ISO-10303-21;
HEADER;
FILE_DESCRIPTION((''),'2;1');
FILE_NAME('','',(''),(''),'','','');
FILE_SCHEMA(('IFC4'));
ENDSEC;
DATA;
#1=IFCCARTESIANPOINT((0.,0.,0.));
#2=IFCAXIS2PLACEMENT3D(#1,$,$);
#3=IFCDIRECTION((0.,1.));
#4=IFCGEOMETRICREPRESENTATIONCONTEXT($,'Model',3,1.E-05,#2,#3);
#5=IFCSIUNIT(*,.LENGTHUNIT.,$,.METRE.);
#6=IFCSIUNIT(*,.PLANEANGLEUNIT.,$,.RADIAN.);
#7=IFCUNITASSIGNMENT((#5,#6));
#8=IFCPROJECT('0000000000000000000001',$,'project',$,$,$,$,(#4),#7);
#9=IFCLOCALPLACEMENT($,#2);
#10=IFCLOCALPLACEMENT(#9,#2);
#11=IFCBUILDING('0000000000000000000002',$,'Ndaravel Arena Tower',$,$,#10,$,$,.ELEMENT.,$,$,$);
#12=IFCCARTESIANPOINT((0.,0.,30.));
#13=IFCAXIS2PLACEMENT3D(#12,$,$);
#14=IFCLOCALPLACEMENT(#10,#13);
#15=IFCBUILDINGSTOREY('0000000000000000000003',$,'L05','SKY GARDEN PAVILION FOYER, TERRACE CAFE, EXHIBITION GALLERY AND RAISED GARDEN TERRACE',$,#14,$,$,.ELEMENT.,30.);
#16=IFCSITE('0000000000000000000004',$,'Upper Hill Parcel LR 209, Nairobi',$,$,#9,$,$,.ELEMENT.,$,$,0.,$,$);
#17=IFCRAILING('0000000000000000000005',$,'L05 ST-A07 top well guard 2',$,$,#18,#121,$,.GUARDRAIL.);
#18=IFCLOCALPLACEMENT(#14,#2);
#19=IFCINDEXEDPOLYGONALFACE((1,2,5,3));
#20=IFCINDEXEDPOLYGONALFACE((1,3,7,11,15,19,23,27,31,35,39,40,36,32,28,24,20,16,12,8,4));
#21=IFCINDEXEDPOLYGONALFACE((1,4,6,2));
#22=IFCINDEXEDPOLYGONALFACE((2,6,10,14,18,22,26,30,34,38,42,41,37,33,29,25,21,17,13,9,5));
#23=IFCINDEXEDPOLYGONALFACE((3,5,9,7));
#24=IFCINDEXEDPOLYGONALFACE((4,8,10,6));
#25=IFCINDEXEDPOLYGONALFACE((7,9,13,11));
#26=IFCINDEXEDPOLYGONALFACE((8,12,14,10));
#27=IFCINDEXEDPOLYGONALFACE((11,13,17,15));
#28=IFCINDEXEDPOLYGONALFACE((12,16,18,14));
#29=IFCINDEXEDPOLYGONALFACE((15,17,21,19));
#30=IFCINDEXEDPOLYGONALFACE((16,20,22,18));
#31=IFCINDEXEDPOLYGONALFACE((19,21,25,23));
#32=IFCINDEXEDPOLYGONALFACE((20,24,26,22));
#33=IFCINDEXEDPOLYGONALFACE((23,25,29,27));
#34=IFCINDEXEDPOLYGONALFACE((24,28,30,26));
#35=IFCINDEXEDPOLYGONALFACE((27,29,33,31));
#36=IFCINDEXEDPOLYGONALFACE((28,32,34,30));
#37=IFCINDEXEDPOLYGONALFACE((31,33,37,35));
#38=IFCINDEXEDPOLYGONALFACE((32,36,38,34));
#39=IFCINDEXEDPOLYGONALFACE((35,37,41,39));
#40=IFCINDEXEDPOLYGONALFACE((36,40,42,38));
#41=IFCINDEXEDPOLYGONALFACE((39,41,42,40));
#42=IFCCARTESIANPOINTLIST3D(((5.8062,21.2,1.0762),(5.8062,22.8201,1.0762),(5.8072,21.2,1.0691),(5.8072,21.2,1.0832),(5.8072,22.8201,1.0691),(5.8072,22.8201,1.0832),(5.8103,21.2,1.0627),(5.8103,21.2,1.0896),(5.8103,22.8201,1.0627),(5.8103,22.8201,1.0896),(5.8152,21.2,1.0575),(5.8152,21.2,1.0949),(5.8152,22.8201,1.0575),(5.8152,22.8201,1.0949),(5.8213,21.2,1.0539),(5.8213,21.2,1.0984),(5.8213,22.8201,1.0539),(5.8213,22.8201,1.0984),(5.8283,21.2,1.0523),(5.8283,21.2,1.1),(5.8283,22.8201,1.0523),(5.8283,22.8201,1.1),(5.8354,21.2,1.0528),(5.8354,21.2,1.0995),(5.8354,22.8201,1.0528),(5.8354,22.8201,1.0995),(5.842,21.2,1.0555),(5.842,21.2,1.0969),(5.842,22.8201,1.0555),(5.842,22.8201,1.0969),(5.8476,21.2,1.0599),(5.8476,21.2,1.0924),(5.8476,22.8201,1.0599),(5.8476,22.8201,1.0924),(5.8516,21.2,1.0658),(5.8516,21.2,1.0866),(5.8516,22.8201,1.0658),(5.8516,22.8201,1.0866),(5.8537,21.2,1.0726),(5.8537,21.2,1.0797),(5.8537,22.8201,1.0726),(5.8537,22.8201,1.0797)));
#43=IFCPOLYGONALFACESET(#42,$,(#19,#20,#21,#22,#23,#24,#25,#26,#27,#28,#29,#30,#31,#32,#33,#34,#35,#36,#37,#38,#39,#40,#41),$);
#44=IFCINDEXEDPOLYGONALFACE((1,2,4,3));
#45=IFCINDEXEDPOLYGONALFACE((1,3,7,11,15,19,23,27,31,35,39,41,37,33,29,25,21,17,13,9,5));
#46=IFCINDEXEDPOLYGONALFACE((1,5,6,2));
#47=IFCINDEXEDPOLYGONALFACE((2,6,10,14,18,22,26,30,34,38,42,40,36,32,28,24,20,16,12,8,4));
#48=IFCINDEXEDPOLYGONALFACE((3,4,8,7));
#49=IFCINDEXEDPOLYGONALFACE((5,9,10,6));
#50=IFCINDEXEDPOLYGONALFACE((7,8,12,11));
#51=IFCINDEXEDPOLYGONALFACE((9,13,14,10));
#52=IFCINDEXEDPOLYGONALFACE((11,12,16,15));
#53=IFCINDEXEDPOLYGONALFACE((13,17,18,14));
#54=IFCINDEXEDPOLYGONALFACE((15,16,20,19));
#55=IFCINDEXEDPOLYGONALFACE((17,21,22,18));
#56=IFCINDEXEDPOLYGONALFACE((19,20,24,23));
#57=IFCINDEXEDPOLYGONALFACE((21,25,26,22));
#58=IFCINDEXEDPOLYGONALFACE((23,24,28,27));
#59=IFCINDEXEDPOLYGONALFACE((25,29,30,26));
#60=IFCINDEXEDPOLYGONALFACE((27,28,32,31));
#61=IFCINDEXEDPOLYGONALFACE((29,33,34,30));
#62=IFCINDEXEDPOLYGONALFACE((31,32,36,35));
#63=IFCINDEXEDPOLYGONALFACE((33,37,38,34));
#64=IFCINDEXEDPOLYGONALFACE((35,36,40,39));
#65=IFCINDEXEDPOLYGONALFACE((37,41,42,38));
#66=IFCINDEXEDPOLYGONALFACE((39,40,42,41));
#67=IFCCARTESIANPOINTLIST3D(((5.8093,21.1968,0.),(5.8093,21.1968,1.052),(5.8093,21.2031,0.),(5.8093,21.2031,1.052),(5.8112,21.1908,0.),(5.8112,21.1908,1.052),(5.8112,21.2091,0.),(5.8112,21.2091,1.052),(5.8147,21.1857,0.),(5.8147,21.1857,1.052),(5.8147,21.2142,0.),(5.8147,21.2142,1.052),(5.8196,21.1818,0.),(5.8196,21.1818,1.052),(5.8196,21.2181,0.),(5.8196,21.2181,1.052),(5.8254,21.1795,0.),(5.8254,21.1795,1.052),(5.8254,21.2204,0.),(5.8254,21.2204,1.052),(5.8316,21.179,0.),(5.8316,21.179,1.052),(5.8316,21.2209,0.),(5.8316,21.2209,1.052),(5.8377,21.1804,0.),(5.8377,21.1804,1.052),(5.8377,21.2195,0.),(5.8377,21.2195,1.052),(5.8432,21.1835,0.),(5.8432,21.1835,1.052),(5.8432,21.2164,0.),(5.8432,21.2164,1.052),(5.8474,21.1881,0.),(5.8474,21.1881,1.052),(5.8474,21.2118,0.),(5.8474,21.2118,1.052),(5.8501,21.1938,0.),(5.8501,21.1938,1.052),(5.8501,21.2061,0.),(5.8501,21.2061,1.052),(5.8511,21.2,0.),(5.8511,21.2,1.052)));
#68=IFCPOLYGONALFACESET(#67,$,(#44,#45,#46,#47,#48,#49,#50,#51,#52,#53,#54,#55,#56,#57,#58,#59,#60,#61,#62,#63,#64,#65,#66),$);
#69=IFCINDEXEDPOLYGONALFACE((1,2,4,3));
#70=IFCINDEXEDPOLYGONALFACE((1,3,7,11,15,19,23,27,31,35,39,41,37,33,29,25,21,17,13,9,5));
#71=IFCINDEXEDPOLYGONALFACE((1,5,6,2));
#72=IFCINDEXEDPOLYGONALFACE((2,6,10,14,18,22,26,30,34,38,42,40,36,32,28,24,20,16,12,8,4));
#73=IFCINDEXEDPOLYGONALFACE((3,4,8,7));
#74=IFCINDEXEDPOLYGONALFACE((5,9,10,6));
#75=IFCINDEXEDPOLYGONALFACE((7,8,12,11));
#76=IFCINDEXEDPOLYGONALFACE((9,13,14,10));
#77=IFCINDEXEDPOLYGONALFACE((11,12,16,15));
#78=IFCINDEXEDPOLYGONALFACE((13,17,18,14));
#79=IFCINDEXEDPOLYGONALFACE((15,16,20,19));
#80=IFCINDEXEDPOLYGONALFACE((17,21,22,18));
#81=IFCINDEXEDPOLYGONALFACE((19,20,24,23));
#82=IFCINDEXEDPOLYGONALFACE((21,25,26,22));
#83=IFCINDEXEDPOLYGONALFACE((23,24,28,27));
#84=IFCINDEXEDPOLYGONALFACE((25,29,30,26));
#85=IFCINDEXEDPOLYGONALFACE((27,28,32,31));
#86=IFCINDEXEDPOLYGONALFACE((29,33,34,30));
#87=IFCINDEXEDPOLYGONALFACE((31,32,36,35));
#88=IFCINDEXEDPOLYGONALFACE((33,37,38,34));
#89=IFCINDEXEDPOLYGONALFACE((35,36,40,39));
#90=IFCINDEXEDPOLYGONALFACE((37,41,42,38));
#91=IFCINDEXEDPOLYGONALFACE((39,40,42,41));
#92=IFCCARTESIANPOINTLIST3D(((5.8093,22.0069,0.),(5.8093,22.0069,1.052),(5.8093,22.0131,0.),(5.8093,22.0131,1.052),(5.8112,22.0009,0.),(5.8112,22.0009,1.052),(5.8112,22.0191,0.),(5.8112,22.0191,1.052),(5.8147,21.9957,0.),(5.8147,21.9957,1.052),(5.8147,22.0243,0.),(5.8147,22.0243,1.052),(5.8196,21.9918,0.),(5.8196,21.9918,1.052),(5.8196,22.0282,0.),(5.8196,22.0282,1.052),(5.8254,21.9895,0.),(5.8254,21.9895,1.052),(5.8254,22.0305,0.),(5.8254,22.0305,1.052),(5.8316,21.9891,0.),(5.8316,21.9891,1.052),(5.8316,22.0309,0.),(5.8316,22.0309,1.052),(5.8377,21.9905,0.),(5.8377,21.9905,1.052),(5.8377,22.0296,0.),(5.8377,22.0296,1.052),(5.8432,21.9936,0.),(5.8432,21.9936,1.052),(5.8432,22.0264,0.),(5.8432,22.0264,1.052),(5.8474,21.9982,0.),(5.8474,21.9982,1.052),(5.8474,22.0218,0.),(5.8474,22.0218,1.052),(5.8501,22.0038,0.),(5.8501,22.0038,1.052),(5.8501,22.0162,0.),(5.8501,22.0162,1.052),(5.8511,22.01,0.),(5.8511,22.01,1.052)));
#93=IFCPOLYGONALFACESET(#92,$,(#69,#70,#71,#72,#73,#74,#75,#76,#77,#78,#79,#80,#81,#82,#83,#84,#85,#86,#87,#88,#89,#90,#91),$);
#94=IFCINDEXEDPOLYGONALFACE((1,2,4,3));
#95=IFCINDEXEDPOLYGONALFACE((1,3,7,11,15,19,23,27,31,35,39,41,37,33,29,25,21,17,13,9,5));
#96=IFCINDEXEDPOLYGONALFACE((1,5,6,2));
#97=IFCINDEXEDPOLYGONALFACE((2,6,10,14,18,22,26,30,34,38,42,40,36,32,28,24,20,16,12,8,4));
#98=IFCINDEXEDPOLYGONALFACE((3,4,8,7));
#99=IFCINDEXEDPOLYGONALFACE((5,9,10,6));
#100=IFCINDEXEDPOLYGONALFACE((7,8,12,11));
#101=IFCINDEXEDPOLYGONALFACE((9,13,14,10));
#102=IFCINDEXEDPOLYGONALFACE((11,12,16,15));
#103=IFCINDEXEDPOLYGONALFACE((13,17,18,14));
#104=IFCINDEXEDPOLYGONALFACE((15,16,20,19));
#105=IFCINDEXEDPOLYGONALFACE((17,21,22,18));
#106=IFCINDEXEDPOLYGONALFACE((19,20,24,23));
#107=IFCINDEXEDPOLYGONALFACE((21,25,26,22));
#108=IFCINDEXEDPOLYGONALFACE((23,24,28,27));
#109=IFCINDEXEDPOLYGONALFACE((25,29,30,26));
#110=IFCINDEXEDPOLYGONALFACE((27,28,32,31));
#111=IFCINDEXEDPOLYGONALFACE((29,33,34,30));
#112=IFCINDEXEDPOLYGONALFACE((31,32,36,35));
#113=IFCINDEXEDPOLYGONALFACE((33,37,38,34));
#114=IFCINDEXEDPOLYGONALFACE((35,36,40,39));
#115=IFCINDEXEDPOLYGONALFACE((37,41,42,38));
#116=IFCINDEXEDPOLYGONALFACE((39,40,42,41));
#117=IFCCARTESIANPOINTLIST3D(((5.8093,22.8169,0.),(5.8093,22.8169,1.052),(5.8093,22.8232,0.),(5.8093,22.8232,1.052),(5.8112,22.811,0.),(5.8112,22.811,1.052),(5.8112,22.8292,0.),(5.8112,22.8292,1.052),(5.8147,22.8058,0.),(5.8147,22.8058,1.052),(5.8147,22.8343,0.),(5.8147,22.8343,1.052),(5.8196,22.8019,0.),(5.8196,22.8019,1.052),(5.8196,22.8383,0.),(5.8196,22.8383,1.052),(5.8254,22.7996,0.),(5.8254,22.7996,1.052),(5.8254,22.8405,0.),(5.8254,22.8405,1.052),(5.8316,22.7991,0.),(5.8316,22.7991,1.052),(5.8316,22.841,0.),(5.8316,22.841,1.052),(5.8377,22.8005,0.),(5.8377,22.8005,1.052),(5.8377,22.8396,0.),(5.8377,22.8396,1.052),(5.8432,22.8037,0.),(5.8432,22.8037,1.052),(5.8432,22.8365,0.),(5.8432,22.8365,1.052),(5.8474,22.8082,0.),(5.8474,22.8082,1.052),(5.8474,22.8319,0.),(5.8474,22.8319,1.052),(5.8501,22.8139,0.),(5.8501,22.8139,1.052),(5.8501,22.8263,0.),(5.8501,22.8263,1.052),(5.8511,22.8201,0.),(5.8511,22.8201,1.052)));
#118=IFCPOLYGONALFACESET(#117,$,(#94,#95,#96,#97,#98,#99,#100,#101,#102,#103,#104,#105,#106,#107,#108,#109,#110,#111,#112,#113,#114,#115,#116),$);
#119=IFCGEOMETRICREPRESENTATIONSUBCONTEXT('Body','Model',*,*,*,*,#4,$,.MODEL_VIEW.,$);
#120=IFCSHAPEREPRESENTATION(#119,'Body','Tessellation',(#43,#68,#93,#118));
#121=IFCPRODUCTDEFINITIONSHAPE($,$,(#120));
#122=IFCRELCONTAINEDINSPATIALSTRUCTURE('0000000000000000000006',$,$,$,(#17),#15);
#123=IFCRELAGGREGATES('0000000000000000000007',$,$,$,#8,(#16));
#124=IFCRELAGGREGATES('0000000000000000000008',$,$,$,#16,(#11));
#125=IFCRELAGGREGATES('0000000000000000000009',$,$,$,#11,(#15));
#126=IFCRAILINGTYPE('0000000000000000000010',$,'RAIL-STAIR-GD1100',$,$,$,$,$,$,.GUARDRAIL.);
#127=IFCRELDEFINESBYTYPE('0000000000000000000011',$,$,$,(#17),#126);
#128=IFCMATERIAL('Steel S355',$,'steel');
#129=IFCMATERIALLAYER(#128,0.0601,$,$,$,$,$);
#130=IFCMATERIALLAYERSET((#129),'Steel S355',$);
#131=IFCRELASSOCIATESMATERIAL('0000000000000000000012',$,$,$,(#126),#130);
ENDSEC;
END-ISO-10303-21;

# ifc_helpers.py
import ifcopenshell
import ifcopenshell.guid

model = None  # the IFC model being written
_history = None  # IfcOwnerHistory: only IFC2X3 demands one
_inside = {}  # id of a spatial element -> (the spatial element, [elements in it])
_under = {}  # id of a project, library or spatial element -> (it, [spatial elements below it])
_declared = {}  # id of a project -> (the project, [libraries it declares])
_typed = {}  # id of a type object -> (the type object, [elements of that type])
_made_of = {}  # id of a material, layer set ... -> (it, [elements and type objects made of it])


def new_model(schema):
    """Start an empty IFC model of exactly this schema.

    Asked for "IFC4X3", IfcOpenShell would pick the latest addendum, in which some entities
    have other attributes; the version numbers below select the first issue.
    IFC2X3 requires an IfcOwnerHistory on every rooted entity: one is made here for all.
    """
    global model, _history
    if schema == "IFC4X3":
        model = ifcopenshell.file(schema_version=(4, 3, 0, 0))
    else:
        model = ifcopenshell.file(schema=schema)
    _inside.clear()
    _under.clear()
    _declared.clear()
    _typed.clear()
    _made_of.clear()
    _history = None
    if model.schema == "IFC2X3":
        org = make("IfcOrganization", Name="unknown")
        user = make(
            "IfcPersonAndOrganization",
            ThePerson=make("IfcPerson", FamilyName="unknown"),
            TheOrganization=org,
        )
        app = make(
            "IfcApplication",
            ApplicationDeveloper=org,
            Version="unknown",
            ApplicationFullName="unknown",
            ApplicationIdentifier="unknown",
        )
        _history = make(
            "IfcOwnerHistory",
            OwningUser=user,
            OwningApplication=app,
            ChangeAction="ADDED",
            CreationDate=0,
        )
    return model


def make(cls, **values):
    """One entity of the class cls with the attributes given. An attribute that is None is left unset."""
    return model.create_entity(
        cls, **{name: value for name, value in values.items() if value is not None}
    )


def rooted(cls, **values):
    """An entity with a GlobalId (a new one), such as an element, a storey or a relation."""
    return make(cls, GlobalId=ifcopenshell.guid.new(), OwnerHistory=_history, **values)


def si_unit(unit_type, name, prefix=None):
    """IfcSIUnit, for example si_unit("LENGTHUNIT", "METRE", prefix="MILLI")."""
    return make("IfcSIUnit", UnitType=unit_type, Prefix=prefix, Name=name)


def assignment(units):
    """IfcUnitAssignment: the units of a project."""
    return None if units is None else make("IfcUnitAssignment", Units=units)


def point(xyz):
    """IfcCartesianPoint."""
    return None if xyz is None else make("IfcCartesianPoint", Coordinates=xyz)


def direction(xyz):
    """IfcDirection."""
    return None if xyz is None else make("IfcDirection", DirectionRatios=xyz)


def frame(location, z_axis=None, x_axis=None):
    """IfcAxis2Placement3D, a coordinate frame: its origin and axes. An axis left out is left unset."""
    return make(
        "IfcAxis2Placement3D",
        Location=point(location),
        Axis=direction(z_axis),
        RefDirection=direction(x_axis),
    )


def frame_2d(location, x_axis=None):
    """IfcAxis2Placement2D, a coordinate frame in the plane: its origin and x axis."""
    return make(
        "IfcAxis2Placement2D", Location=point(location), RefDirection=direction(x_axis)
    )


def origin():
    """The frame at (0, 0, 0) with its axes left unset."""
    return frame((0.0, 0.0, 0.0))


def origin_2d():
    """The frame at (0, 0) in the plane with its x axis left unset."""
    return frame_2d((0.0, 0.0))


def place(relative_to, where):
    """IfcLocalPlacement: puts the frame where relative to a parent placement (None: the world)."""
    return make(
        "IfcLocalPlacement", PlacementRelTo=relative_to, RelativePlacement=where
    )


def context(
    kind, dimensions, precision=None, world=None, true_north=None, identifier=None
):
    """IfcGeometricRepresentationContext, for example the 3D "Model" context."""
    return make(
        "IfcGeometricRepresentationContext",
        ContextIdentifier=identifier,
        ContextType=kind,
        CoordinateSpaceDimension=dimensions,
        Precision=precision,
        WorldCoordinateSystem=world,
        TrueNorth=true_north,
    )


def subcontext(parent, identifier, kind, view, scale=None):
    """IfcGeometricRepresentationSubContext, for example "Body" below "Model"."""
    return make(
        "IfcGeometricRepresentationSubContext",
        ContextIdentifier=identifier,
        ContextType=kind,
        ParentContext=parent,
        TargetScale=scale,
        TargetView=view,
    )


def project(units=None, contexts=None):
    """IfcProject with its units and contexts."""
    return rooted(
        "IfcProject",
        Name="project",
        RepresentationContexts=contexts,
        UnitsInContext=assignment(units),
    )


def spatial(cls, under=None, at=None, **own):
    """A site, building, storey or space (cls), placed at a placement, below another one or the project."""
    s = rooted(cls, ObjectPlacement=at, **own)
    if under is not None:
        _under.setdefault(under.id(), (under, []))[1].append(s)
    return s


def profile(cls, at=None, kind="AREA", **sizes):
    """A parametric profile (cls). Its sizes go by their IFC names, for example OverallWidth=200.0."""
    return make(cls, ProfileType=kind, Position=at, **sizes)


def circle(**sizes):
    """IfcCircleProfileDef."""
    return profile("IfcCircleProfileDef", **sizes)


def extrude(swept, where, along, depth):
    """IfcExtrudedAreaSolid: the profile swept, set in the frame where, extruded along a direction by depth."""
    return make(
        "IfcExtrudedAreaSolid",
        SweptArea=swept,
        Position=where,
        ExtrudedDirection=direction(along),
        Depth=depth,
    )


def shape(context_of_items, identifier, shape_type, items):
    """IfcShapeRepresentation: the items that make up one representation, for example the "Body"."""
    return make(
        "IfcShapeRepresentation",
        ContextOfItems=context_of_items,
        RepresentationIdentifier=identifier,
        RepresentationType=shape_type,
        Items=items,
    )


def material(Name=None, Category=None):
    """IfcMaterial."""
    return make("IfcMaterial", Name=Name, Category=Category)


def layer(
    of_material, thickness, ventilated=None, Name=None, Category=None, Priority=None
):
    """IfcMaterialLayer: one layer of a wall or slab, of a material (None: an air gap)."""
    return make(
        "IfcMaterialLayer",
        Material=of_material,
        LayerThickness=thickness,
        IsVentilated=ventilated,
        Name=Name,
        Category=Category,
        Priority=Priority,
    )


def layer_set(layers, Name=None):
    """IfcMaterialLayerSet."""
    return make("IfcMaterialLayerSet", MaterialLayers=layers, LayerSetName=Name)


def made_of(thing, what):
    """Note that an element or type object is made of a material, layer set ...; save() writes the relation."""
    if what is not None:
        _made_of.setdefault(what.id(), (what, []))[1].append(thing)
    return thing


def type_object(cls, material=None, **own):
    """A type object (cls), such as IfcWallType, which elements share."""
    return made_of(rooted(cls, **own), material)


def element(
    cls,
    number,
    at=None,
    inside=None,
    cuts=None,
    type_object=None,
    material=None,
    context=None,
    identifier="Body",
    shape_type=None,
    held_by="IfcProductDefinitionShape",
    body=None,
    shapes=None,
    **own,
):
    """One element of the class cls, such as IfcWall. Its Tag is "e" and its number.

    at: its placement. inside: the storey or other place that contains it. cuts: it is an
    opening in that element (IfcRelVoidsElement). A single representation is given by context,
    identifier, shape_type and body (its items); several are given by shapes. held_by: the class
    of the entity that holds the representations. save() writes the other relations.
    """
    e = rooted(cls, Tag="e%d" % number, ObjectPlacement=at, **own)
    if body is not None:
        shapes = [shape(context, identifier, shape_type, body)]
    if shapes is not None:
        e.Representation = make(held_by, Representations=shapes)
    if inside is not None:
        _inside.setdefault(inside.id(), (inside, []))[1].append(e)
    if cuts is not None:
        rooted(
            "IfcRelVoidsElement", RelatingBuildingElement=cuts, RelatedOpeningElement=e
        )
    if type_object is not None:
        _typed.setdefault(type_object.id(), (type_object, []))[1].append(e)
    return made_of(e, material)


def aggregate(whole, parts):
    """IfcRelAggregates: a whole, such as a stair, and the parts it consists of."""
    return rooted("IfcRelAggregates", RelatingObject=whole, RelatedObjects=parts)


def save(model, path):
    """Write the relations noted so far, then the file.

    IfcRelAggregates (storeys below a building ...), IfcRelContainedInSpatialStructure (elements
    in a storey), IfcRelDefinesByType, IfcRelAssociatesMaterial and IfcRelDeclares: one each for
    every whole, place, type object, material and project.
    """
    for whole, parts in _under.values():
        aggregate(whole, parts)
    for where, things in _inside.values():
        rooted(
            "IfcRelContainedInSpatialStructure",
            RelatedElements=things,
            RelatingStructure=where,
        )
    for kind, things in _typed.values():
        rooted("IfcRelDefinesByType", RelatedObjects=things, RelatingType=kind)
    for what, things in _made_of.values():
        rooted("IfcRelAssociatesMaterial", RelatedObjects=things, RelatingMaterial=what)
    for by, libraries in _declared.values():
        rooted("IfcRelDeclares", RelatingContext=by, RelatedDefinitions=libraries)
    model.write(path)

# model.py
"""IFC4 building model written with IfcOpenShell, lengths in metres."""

from ifc_helpers import new_model, si_unit, direction, frame, origin, origin_2d, place, context, subcontext, project, spatial, circle, extrude, material, layer, layer_set, type_object, element, save


model = new_model("IFC4")

# Units and contexts
model_context = context("Model", 3, precision=1e-05, world=origin(), true_north=direction((0.0, 1.0)))
body_context = subcontext(model_context, "Body", "Model", "MODEL_VIEW")
ifc_project = project(units=[si_unit("LENGTHUNIT", "METRE"), si_unit("PLANEANGLEUNIT", "RADIAN")], contexts=[model_context])

# Site, building, storey
site_placement = place(None, origin())
site = spatial("IfcSite", under=ifc_project, at=site_placement, Name="Upper Hill Parcel LR 209, Nairobi", CompositionType="ELEMENT", RefElevation=0.0)
building_placement = place(site_placement, origin())
building = spatial("IfcBuilding", under=site, at=building_placement, Name="Ndaravel Arena Tower", CompositionType="ELEMENT")
storey_placement = place(building_placement, frame((0.0, 0.0, 30.0)))
storey = spatial("IfcBuildingStorey", under=building, at=storey_placement, Name="L05", Description="SKY GARDEN PAVILION FOYER, TERRACE CAFE, EXHIBITION GALLERY AND RAISED GARDEN TERRACE", CompositionType="ELEMENT", Elevation=30.0)

# Railing
ifc_material_1 = material(Name="Steel S355", Category="steel")
ifc_layer_1 = layer(ifc_material_1, 0.0601)
ifc_layer_set_1 = layer_set([ifc_layer_1], Name="Steel S355")
railing_type_1 = type_object("IfcRailingType", Name="RAIL-STAIR-GD1100", PredefinedType="GUARDRAIL", material=ifc_layer_set_1)
for number, where, name in (
    (1, (5.8301, 21.2, 0.0), "L05 ST-A07 top well guard 2"),
):
    element("IfcRailing", number, at=place(storey_placement, frame(where)), inside=storey, type_object=railing_type_1, Name=name, PredefinedType="GUARDRAIL", context=body_context, shape_type="SweptSolid", body=[
        extrude(circle(Radius=0.0239, at=origin_2d()), frame((0.0, 0.0, 1.0762), z_axis=(0.0, 1.0, 0.0), x_axis=(-1.0, 0.0, 0.0)), (0.0, 0.0, 1.0), 1.6201),
        extrude(circle(Radius=0.021, at=origin_2d()), origin(), (0.0, 0.0, 1.0), 1.052),
        extrude(circle(Radius=0.021, at=origin_2d()), frame((0.0, 0.8101, 0.0)), (0.0, 0.0, 1.0), 1.052),
        extrude(circle(Radius=0.021, at=origin_2d()), frame((0.0, 1.6201, 0.0)), (0.0, 0.0, 1.0), 1.052),
    ])

save(model, "model.ifc")
